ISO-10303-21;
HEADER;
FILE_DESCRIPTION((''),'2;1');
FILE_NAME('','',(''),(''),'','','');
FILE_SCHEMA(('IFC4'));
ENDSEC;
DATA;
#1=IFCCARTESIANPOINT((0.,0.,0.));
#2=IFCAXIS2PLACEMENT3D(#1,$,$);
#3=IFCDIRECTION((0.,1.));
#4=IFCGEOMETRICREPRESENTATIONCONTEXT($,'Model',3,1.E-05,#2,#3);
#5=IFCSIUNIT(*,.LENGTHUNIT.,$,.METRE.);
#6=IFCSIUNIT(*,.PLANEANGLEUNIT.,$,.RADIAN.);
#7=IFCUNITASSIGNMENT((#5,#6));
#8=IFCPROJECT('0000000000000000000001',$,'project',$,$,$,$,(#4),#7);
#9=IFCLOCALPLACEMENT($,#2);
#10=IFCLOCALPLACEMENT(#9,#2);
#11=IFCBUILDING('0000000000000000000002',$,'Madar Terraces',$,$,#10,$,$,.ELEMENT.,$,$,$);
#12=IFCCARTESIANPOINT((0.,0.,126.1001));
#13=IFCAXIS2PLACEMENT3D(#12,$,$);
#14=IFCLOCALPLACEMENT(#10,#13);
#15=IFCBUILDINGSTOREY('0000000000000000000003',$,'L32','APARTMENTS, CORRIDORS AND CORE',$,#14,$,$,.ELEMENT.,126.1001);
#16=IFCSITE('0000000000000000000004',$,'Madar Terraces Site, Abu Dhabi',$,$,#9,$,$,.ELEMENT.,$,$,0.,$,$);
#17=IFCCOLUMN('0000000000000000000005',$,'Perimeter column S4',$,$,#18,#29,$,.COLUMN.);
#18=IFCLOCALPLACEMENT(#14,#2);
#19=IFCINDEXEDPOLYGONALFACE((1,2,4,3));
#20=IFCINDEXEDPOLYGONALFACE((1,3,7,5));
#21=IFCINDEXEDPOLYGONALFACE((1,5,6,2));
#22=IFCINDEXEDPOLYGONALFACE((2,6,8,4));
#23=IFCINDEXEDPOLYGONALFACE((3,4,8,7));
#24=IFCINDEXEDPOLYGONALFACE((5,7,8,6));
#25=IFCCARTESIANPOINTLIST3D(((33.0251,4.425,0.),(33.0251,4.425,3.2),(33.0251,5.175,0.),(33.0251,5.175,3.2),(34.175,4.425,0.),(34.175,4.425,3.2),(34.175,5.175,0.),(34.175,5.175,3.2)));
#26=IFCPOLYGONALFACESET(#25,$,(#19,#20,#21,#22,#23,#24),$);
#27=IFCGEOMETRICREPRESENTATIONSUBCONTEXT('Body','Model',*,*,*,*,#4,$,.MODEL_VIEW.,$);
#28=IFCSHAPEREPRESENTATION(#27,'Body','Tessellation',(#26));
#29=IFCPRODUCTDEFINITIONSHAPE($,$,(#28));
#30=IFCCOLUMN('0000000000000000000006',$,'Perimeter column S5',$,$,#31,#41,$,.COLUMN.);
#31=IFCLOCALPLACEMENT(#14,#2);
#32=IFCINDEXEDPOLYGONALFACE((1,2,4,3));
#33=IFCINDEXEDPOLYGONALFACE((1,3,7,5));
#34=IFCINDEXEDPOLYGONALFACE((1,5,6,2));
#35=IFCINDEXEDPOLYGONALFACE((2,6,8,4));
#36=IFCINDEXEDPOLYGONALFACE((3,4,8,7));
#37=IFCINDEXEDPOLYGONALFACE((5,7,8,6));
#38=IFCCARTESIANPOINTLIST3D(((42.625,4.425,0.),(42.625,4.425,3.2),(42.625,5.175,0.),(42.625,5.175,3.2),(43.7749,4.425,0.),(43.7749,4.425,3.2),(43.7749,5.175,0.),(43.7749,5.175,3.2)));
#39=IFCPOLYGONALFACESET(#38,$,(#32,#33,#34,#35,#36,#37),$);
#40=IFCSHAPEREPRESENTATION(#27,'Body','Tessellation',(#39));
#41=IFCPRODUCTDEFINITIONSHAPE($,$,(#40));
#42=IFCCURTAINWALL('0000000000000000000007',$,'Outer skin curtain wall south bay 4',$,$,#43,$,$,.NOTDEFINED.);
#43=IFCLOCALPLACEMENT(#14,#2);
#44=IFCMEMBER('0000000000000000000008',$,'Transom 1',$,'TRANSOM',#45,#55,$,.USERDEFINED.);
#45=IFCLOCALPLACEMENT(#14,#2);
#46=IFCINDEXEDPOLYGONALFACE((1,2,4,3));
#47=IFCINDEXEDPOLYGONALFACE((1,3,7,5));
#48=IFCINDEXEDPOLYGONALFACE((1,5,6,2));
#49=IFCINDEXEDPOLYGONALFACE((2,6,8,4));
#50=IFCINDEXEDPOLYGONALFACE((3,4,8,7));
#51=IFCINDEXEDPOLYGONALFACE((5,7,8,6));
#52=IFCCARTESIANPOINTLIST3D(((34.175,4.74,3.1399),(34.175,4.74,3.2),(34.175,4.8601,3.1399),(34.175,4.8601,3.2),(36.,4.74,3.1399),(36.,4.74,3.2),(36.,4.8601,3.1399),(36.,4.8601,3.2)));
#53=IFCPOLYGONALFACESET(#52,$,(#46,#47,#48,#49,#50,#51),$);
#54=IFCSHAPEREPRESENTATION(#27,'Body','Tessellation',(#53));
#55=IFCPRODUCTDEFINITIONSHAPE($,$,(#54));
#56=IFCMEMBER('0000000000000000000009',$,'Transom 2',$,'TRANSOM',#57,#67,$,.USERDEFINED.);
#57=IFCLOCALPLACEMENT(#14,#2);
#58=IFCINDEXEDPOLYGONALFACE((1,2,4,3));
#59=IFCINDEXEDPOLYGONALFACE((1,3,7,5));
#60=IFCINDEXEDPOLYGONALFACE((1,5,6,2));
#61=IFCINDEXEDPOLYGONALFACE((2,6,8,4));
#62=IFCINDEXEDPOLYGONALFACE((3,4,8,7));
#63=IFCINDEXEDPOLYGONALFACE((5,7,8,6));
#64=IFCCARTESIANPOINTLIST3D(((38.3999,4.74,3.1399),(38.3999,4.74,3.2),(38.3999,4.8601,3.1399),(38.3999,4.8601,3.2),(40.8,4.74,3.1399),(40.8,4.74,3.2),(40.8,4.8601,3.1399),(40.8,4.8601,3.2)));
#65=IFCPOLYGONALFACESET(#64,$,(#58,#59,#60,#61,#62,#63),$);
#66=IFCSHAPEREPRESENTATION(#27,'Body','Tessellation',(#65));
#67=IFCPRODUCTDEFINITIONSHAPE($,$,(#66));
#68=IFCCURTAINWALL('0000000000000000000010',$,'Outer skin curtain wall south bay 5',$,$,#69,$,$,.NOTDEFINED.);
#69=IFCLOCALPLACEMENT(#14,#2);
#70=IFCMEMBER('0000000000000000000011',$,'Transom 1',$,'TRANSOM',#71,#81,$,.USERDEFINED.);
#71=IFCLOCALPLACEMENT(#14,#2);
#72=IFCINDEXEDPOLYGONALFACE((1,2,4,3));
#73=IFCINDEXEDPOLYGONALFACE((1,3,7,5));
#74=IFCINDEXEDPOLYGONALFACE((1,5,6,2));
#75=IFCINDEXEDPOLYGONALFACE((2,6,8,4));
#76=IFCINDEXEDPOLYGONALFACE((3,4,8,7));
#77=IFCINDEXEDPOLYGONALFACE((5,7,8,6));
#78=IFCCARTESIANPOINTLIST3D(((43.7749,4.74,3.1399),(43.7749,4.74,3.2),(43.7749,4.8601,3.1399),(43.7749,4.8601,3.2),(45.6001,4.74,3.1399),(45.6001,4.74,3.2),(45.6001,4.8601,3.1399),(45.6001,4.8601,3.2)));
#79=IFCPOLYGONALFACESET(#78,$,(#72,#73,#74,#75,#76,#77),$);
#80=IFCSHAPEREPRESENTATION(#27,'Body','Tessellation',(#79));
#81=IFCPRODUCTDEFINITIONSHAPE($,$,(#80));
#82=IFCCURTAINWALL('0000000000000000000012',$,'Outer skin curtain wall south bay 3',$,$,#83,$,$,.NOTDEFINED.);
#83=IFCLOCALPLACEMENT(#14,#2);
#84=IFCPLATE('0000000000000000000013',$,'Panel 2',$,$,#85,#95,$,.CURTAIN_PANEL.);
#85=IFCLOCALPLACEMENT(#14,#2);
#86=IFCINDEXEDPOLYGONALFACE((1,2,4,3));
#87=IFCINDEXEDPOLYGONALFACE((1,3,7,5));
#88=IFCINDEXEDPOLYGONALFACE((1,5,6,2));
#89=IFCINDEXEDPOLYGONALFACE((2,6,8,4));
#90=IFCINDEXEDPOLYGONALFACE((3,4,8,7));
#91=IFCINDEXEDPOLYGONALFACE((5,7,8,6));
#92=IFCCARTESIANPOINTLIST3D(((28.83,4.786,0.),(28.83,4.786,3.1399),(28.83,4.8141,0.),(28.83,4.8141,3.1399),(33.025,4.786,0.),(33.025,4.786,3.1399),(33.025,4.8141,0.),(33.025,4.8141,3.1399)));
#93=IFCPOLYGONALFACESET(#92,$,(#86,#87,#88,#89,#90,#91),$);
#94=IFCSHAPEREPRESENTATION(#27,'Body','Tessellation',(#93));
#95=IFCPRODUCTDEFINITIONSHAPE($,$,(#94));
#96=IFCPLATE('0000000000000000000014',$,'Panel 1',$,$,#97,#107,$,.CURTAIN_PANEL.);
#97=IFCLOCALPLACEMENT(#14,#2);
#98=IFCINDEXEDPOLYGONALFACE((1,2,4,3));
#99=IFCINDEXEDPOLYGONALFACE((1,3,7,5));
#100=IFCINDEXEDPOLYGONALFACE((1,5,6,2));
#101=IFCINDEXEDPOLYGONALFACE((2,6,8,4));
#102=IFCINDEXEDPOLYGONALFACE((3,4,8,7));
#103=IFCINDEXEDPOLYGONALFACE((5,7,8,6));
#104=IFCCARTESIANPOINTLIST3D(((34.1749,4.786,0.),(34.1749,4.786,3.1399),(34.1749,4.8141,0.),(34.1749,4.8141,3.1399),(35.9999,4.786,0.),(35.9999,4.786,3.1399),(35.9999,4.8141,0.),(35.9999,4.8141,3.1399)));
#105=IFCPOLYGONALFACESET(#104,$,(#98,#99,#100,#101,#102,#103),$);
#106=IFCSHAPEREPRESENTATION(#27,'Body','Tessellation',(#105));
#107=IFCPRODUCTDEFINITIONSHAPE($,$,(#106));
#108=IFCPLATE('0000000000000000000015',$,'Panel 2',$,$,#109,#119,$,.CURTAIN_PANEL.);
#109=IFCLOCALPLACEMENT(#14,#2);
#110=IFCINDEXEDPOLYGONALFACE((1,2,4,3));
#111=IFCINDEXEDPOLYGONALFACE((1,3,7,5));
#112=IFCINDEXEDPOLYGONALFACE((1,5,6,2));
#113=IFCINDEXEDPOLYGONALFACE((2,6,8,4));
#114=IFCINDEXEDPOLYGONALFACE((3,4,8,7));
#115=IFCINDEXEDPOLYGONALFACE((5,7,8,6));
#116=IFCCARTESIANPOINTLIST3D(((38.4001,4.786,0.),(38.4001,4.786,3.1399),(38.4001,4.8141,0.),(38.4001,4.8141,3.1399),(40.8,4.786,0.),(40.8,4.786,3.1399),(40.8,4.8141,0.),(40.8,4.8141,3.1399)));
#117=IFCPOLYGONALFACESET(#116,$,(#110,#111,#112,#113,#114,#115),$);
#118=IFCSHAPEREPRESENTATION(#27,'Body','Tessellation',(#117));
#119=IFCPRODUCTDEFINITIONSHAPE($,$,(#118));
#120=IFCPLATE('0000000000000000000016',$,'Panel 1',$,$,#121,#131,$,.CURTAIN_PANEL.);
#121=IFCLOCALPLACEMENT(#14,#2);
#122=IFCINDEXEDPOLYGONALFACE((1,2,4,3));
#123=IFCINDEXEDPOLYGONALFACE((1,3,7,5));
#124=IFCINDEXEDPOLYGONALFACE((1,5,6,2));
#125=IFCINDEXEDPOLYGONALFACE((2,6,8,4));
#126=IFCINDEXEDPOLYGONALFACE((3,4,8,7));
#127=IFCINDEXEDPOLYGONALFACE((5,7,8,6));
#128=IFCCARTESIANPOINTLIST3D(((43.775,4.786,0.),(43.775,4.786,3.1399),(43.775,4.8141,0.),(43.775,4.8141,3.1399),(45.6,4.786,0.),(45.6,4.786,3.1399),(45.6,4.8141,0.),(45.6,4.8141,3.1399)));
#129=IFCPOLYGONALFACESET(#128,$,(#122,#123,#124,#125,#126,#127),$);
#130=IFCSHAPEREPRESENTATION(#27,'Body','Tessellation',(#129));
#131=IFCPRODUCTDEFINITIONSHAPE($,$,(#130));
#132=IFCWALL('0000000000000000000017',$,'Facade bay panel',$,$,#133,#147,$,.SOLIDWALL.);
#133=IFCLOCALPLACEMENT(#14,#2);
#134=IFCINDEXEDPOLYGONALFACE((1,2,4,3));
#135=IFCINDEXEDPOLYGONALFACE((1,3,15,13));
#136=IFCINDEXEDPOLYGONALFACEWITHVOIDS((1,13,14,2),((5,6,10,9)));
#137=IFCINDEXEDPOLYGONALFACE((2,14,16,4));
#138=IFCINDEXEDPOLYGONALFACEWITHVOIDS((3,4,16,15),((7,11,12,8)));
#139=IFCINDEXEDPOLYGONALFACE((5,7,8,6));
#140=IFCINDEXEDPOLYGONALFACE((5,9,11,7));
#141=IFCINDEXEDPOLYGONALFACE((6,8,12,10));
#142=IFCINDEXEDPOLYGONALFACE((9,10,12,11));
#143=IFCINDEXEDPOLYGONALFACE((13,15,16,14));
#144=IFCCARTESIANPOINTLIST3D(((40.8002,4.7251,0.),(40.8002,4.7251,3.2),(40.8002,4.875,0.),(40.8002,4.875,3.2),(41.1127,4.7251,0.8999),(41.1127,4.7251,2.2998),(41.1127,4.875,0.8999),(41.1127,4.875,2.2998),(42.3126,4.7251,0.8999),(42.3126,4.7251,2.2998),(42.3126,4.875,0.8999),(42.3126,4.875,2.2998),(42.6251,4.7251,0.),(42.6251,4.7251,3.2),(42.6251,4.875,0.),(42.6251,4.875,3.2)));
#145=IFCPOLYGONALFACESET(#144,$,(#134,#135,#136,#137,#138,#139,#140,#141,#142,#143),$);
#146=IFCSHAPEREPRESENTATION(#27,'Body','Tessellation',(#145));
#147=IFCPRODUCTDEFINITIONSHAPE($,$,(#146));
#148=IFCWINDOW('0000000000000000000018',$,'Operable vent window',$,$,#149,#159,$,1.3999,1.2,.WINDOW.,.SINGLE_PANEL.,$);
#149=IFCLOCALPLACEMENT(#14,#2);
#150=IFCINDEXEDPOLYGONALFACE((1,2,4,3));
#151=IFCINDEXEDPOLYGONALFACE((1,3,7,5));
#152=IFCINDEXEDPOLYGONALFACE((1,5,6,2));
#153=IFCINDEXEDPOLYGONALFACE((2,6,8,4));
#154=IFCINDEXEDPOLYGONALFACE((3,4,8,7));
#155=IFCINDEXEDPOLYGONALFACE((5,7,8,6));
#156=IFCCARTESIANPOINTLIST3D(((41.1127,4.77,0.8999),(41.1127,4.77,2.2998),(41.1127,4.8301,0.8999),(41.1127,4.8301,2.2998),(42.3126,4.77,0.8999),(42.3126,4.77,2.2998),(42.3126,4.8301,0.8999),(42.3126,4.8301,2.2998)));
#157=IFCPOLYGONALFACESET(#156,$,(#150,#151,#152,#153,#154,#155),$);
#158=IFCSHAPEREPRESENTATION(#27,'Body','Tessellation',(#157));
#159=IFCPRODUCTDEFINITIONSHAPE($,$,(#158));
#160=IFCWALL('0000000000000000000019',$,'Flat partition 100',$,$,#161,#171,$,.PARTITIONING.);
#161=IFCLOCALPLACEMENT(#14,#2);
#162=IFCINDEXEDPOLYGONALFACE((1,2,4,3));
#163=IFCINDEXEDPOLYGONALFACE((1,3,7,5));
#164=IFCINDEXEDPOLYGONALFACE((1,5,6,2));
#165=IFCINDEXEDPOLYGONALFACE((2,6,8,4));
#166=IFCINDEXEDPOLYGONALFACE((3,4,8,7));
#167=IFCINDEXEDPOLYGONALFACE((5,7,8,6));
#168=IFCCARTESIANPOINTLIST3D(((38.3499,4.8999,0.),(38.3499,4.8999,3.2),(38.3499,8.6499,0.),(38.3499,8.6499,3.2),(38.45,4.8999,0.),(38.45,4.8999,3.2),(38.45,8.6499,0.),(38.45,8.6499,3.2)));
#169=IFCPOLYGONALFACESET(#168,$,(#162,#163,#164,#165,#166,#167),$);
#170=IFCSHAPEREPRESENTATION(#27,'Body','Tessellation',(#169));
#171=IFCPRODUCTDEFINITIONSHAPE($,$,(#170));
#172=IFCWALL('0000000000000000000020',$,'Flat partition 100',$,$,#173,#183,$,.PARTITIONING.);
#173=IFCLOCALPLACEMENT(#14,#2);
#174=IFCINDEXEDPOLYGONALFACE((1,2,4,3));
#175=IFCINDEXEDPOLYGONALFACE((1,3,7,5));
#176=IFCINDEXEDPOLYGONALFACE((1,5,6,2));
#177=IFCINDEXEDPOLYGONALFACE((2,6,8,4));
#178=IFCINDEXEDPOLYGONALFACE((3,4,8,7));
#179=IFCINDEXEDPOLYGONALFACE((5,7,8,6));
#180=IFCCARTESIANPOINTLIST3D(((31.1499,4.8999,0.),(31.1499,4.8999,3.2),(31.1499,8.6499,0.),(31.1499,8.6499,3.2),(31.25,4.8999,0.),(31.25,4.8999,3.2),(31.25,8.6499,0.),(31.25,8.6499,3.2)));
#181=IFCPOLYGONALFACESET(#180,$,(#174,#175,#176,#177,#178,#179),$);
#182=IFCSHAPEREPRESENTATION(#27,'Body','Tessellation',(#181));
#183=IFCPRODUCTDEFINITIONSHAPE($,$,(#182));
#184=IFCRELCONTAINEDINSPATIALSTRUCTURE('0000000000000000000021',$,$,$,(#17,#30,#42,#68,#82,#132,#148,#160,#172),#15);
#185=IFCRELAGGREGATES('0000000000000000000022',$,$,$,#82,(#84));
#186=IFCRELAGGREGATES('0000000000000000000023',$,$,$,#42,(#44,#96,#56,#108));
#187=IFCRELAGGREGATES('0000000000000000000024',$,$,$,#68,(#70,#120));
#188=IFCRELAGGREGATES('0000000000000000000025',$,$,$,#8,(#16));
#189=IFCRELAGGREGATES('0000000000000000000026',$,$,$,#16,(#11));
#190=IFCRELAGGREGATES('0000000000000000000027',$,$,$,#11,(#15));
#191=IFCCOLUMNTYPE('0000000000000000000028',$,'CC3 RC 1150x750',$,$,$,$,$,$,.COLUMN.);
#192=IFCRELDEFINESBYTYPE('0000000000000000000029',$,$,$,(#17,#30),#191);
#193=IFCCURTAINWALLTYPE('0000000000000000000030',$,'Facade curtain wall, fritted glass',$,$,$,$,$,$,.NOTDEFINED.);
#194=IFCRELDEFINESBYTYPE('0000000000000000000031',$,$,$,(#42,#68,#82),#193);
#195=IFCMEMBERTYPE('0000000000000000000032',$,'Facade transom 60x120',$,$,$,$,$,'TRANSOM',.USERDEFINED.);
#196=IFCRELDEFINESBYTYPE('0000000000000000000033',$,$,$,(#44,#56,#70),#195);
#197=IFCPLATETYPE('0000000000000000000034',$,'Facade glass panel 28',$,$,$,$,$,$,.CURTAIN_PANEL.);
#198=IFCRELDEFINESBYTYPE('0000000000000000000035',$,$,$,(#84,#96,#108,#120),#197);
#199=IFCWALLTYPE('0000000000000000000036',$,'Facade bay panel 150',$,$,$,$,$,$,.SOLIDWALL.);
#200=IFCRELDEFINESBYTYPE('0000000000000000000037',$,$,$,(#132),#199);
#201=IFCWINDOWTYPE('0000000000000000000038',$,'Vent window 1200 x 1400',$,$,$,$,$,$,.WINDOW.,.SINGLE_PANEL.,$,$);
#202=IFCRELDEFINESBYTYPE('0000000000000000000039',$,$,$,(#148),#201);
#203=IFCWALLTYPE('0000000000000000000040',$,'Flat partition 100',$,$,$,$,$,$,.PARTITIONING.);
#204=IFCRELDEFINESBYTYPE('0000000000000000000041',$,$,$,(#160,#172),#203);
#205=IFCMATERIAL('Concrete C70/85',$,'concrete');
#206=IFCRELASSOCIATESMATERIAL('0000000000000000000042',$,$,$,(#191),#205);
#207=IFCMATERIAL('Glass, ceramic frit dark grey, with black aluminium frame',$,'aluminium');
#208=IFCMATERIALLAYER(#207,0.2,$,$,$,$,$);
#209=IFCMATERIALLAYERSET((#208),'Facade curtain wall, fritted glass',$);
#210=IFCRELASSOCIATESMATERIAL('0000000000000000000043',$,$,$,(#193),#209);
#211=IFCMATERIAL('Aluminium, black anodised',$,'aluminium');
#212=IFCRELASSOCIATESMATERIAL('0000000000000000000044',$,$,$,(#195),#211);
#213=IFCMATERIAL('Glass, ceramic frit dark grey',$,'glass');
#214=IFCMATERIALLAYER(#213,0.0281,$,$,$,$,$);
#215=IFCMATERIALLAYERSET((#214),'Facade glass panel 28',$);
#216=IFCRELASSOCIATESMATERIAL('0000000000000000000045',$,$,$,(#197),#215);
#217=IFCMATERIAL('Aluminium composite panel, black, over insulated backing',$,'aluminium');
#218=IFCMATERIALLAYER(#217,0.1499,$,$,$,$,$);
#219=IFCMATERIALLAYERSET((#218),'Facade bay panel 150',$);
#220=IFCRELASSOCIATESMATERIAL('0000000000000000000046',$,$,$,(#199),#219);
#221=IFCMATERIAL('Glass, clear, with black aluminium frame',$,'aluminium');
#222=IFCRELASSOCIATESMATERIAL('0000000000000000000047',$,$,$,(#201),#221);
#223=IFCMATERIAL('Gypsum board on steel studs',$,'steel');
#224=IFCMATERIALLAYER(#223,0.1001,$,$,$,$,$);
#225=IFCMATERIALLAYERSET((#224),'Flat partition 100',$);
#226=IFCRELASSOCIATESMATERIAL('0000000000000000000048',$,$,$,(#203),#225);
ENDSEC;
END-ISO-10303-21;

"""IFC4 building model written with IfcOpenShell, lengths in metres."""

from ifc_helpers import new_model, si_unit, direction, frame, frame_2d, origin, origin_2d, place, context, subcontext, project, spatial, rectangle, extrude, material, layer, layer_set, material_profile, profile_set, type_object, element, fill, aggregate, save


model = new_model("IFC4")

# Units and contexts
model_context = context("Model", 3, precision=1e-05, world=origin(), true_north=direction((0.0, 1.0)))
body_context = subcontext(model_context, "Body", "Model", "MODEL_VIEW")
ifc_project = project(units=[si_unit("LENGTHUNIT", "METRE"), si_unit("PLANEANGLEUNIT", "RADIAN")], contexts=[model_context])

# Site, building, storey
site_placement = place(None, origin())
site = spatial("IfcSite", under=ifc_project, at=site_placement, Name="Madar Terraces Site, Abu Dhabi", CompositionType="ELEMENT", RefElevation=0.0)
building_placement = place(site_placement, origin())
building = spatial("IfcBuilding", under=site, at=building_placement, Name="Madar Terraces", CompositionType="ELEMENT")
storey_placement = place(building_placement, frame((0.0, 0.0, 126.1001)))
storey = spatial("IfcBuildingStorey", under=building, at=storey_placement, Name="L32", Description="APARTMENTS, CORRIDORS AND CORE", CompositionType="ELEMENT", Elevation=126.1001)

# Columns
ifc_material_1 = material(Name="Concrete C70/85", Category="concrete")
ifc_material_profile_1 = material_profile(ifc_material_1, rectangle(XDim=1.1499, YDim=0.75, at=origin_2d()), Name="CC3 RC 1150x750")
ifc_profile_set_1 = profile_set([ifc_material_profile_1], Name="Concrete C70/85")
column_type = type_object("IfcColumnType", Name="CC3 RC 1150x750", PredefinedType="COLUMN", material=ifc_profile_set_1)
for number, where, z_axis, x_axis, name in (
    (1, (33.6001, 4.8, 0.0), (0.0, 0.0, 1.0), (1.0, 0.0, 0.0), "Perimeter column S4"),
    (2, (43.2, 4.8, 0.0), (0.0, 0.0, 1.0), (1.0, 0.0, 0.0), "Perimeter column S5"),
):
    element("IfcColumn", number, at=place(storey_placement, frame(where, z_axis=z_axis, x_axis=x_axis)), inside=storey, type_object=column_type, Name=name, PredefinedType="COLUMN", context=body_context, shape_type="SweptSolid", body=[
        extrude(rectangle(XDim=1.1499, YDim=0.75, at=origin_2d()), origin(), (0.0, 0.0, 1.0), 3.2),
    ])

# Curtain wall, members
ifc_material_2 = material(Name="Glass, ceramic frit dark grey, with black aluminium frame", Category="aluminium")
ifc_layer_1 = layer(ifc_material_2, 0.2)
ifc_layer_set_1 = layer_set([ifc_layer_1], Name="Facade curtain wall, fritted glass")
curtain_wall_type = type_object("IfcCurtainWallType", Name="Facade curtain wall, fritted glass", PredefinedType="NOTDEFINED", material=ifc_layer_set_1)
curtain_wall_1_placement = place(storey_placement, origin())
curtain_wall_1 = element("IfcCurtainWall", 3, at=curtain_wall_1_placement, inside=storey, type_object=curtain_wall_type, Name="Outer skin curtain wall south bay 4", PredefinedType="NOTDEFINED")
ifc_material_3 = material(Name="Aluminium, black anodised", Category="aluminium")
ifc_material_profile_2 = material_profile(ifc_material_3, rectangle(XDim=0.1201, YDim=0.0601, at=origin_2d()), Name="Facade transom 60x120")
ifc_profile_set_2 = profile_set([ifc_material_profile_2], Name="Aluminium, black anodised")
member_type = type_object("IfcMemberType", Name="Facade transom 60x120", ElementType="TRANSOM", PredefinedType="USERDEFINED", material=ifc_profile_set_2)
member_1_placement = place(storey_placement, frame((34.175, 4.8, 3.1699), z_axis=(1.0, 0.0, 0.0), x_axis=(0.0, 1.0, 0.0)))
member_1 = element("IfcMember", 4, at=member_1_placement, type_object=member_type, Name="Transom 1", ObjectType="TRANSOM", PredefinedType="USERDEFINED", context=body_context, shape_type="SweptSolid", body=[
    extrude(rectangle(XDim=0.1201, YDim=0.0601, at=origin_2d()), origin(), (0.0, 0.0, 1.0), 1.825),
])
member_2_placement = place(storey_placement, frame((38.3999, 4.8, 3.1699), z_axis=(1.0, 0.0, 0.0), x_axis=(0.0, 1.0, 0.0)))
member_2 = element("IfcMember", 5, at=member_2_placement, type_object=member_type, Name="Transom 2", ObjectType="TRANSOM", PredefinedType="USERDEFINED", context=body_context, shape_type="SweptSolid", body=[
    extrude(rectangle(XDim=0.1201, YDim=0.0601, at=origin_2d()), origin(), (0.0, 0.0, 1.0), 2.4001),
])

# Curtain wall, member
curtain_wall_2_placement = place(storey_placement, origin())
curtain_wall_2 = element("IfcCurtainWall", 6, at=curtain_wall_2_placement, inside=storey, type_object=curtain_wall_type, Name="Outer skin curtain wall south bay 5", PredefinedType="NOTDEFINED")
member_3_placement = place(storey_placement, frame((43.7749, 4.8, 3.1699), z_axis=(1.0, 0.0, 0.0), x_axis=(0.0, 1.0, 0.0)))
member_3 = element("IfcMember", 7, at=member_3_placement, type_object=member_type, Name="Transom 1", ObjectType="TRANSOM", PredefinedType="USERDEFINED", context=body_context, shape_type="SweptSolid", body=[
    extrude(rectangle(XDim=0.1201, YDim=0.0601, at=origin_2d()), origin(), (0.0, 0.0, 1.0), 1.8252),
])

# Curtain wall, plate
curtain_wall_3_placement = place(storey_placement, origin())
curtain_wall_3 = element("IfcCurtainWall", 8, at=curtain_wall_3_placement, inside=storey, type_object=curtain_wall_type, Name="Outer skin curtain wall south bay 3", PredefinedType="NOTDEFINED")
ifc_material_4 = material(Name="Glass, ceramic frit dark grey", Category="glass")
ifc_layer_2 = layer(ifc_material_4, 0.0281)
ifc_layer_set_2 = layer_set([ifc_layer_2], Name="Facade glass panel 28")
plate_type = type_object("IfcPlateType", Name="Facade glass panel 28", PredefinedType="CURTAIN_PANEL", material=ifc_layer_set_2)
plate_1_placement = place(storey_placement, frame((30.9275, 4.8, 0.0), z_axis=(0.0, 0.0, 1.0), x_axis=(1.0, 0.0, 0.0)))
plate_1 = element("IfcPlate", 9, at=plate_1_placement, type_object=plate_type, Name="Panel 2", PredefinedType="CURTAIN_PANEL", context=body_context, shape_type="SweptSolid", body=[
    extrude(rectangle(XDim=4.1951, YDim=0.0281, at=origin_2d()), origin(), (0.0, 0.0, 1.0), 3.1399),
])
aggregate(curtain_wall_3, [plate_1])

# Plates
plate_2_placement = place(storey_placement, frame((35.0874, 4.8, 0.0), z_axis=(0.0, 0.0, 1.0), x_axis=(1.0, 0.0, 0.0)))
plate_2 = element("IfcPlate", 10, at=plate_2_placement, type_object=plate_type, Name="Panel 1", PredefinedType="CURTAIN_PANEL", context=body_context, shape_type="SweptSolid", body=[
    extrude(rectangle(XDim=1.825, YDim=0.0281, at=origin_2d()), origin(), (0.0, 0.0, 1.0), 3.1399),
])
plate_3_placement = place(storey_placement, frame((39.6001, 4.8, 0.0), z_axis=(0.0, 0.0, 1.0), x_axis=(1.0, 0.0, 0.0)))
plate_3 = element("IfcPlate", 11, at=plate_3_placement, type_object=plate_type, Name="Panel 2", PredefinedType="CURTAIN_PANEL", context=body_context, shape_type="SweptSolid", body=[
    extrude(rectangle(XDim=2.3999, YDim=0.0281, at=origin_2d()), origin(), (0.0, 0.0, 1.0), 3.1399),
])
aggregate(curtain_wall_1, [member_1, plate_2, member_2, plate_3])
plate_4_placement = place(storey_placement, frame((44.6875, 4.8, 0.0), z_axis=(0.0, 0.0, 1.0), x_axis=(1.0, 0.0, 0.0)))
plate_4 = element("IfcPlate", 12, at=plate_4_placement, type_object=plate_type, Name="Panel 1", PredefinedType="CURTAIN_PANEL", context=body_context, shape_type="SweptSolid", body=[
    extrude(rectangle(XDim=1.825, YDim=0.0281, at=origin_2d()), origin(), (0.0, 0.0, 1.0), 3.1399),
])
aggregate(curtain_wall_2, [member_3, plate_4])

# Shared definitions
ifc_material_5 = material(Name="Aluminium composite panel, black, over insulated backing", Category="aluminium")
ifc_layer_3 = layer(ifc_material_5, 0.1499)
ifc_layer_set_3 = layer_set([ifc_layer_3], Name="Facade bay panel 150")
wall_type_1 = type_object("IfcWallType", Name="Facade bay panel 150", PredefinedType="SOLIDWALL", material=ifc_layer_set_3)

# Wall, opening, window
wall_1_placement = place(storey_placement, frame((40.8, 4.8, 0.0), z_axis=(0.0, 0.0, 1.0), x_axis=(1.0, 0.0, 0.0)))
wall_1 = element("IfcWall", 13, at=wall_1_placement, inside=storey, type_object=wall_type_1, Name="Facade bay panel", PredefinedType="SOLIDWALL", context=body_context, shape_type="SweptSolid", body=[
    extrude(rectangle(XDim=1.825, YDim=0.1499, at=frame_2d((0.9126, 0.0))), origin(), (0.0, 0.0, 1.0), 3.2),
])
opening_1_placement = place(wall_1_placement, frame((0.3125, 0.0, 0.8999)))
opening_1 = element("IfcOpeningElement", 14, at=opening_1_placement, cuts=wall_1, PredefinedType="OPENING", context=body_context, shape_type="SweptSolid", body=[
    extrude(rectangle(XDim=1.2, YDim=1.3999, at=frame_2d((0.6001, 0.7))), frame((0.0, 0.085, 0.0), z_axis=(0.0, -1.0, 0.0), x_axis=(1.0, 0.0, 0.0)), (0.0, 0.0, 1.0), 0.1699),
])
ifc_material_6 = material(Name="Glass, clear, with black aluminium frame", Category="aluminium")
window_type = type_object("IfcWindowType", Name="Vent window 1200 x 1400", PartitioningType="SINGLE_PANEL", PredefinedType="WINDOW", material=ifc_material_6)
window_placement = place(opening_1_placement, origin())
window = element("IfcWindow", 15, at=window_placement, inside=storey, type_object=window_type, Name="Operable vent window", OverallHeight=1.3999, OverallWidth=1.2, PartitioningType="SINGLE_PANEL", PredefinedType="WINDOW", context=body_context, shape_type="SweptSolid", body=[
    extrude(rectangle(XDim=1.2, YDim=1.3999, at=frame_2d((0.6001, 0.7))), frame((0.0, 0.03, 0.0), z_axis=(0.0, -1.0, 0.0), x_axis=(1.0, 0.0, 0.0)), (0.0, 0.0, 1.0), 0.0601),
])
fill(opening_1, window)

# Walls
ifc_material_7 = material(Name="Gypsum board on steel studs", Category="steel")
ifc_layer_4 = layer(ifc_material_7, 0.1001)
ifc_layer_set_4 = layer_set([ifc_layer_4], Name="Flat partition 100")
wall_type_2 = type_object("IfcWallType", Name="Flat partition 100", PredefinedType="PARTITIONING", material=ifc_layer_set_4)
for number, where, z_axis, x_axis, name in (
    (16, (38.3999, 8.6499, 0.0), (0.0, 0.0, 1.0), (0.0, -1.0, 0.0), "Flat partition 100"),
    (17, (31.2, 8.6499, 0.0), (0.0, 0.0, 1.0), (0.0, -1.0, 0.0), "Flat partition 100"),
):
    element("IfcWall", number, at=place(storey_placement, frame(where, z_axis=z_axis, x_axis=x_axis)), inside=storey, type_object=wall_type_2, Name=name, PredefinedType="PARTITIONING", context=body_context, shape_type="SweptSolid", body=[
        extrude(rectangle(XDim=3.75, YDim=0.1001, at=frame_2d((1.875, 0.0))), origin(), (0.0, 0.0, 1.0), 3.2),
    ])

save(model, "model.ifc")
